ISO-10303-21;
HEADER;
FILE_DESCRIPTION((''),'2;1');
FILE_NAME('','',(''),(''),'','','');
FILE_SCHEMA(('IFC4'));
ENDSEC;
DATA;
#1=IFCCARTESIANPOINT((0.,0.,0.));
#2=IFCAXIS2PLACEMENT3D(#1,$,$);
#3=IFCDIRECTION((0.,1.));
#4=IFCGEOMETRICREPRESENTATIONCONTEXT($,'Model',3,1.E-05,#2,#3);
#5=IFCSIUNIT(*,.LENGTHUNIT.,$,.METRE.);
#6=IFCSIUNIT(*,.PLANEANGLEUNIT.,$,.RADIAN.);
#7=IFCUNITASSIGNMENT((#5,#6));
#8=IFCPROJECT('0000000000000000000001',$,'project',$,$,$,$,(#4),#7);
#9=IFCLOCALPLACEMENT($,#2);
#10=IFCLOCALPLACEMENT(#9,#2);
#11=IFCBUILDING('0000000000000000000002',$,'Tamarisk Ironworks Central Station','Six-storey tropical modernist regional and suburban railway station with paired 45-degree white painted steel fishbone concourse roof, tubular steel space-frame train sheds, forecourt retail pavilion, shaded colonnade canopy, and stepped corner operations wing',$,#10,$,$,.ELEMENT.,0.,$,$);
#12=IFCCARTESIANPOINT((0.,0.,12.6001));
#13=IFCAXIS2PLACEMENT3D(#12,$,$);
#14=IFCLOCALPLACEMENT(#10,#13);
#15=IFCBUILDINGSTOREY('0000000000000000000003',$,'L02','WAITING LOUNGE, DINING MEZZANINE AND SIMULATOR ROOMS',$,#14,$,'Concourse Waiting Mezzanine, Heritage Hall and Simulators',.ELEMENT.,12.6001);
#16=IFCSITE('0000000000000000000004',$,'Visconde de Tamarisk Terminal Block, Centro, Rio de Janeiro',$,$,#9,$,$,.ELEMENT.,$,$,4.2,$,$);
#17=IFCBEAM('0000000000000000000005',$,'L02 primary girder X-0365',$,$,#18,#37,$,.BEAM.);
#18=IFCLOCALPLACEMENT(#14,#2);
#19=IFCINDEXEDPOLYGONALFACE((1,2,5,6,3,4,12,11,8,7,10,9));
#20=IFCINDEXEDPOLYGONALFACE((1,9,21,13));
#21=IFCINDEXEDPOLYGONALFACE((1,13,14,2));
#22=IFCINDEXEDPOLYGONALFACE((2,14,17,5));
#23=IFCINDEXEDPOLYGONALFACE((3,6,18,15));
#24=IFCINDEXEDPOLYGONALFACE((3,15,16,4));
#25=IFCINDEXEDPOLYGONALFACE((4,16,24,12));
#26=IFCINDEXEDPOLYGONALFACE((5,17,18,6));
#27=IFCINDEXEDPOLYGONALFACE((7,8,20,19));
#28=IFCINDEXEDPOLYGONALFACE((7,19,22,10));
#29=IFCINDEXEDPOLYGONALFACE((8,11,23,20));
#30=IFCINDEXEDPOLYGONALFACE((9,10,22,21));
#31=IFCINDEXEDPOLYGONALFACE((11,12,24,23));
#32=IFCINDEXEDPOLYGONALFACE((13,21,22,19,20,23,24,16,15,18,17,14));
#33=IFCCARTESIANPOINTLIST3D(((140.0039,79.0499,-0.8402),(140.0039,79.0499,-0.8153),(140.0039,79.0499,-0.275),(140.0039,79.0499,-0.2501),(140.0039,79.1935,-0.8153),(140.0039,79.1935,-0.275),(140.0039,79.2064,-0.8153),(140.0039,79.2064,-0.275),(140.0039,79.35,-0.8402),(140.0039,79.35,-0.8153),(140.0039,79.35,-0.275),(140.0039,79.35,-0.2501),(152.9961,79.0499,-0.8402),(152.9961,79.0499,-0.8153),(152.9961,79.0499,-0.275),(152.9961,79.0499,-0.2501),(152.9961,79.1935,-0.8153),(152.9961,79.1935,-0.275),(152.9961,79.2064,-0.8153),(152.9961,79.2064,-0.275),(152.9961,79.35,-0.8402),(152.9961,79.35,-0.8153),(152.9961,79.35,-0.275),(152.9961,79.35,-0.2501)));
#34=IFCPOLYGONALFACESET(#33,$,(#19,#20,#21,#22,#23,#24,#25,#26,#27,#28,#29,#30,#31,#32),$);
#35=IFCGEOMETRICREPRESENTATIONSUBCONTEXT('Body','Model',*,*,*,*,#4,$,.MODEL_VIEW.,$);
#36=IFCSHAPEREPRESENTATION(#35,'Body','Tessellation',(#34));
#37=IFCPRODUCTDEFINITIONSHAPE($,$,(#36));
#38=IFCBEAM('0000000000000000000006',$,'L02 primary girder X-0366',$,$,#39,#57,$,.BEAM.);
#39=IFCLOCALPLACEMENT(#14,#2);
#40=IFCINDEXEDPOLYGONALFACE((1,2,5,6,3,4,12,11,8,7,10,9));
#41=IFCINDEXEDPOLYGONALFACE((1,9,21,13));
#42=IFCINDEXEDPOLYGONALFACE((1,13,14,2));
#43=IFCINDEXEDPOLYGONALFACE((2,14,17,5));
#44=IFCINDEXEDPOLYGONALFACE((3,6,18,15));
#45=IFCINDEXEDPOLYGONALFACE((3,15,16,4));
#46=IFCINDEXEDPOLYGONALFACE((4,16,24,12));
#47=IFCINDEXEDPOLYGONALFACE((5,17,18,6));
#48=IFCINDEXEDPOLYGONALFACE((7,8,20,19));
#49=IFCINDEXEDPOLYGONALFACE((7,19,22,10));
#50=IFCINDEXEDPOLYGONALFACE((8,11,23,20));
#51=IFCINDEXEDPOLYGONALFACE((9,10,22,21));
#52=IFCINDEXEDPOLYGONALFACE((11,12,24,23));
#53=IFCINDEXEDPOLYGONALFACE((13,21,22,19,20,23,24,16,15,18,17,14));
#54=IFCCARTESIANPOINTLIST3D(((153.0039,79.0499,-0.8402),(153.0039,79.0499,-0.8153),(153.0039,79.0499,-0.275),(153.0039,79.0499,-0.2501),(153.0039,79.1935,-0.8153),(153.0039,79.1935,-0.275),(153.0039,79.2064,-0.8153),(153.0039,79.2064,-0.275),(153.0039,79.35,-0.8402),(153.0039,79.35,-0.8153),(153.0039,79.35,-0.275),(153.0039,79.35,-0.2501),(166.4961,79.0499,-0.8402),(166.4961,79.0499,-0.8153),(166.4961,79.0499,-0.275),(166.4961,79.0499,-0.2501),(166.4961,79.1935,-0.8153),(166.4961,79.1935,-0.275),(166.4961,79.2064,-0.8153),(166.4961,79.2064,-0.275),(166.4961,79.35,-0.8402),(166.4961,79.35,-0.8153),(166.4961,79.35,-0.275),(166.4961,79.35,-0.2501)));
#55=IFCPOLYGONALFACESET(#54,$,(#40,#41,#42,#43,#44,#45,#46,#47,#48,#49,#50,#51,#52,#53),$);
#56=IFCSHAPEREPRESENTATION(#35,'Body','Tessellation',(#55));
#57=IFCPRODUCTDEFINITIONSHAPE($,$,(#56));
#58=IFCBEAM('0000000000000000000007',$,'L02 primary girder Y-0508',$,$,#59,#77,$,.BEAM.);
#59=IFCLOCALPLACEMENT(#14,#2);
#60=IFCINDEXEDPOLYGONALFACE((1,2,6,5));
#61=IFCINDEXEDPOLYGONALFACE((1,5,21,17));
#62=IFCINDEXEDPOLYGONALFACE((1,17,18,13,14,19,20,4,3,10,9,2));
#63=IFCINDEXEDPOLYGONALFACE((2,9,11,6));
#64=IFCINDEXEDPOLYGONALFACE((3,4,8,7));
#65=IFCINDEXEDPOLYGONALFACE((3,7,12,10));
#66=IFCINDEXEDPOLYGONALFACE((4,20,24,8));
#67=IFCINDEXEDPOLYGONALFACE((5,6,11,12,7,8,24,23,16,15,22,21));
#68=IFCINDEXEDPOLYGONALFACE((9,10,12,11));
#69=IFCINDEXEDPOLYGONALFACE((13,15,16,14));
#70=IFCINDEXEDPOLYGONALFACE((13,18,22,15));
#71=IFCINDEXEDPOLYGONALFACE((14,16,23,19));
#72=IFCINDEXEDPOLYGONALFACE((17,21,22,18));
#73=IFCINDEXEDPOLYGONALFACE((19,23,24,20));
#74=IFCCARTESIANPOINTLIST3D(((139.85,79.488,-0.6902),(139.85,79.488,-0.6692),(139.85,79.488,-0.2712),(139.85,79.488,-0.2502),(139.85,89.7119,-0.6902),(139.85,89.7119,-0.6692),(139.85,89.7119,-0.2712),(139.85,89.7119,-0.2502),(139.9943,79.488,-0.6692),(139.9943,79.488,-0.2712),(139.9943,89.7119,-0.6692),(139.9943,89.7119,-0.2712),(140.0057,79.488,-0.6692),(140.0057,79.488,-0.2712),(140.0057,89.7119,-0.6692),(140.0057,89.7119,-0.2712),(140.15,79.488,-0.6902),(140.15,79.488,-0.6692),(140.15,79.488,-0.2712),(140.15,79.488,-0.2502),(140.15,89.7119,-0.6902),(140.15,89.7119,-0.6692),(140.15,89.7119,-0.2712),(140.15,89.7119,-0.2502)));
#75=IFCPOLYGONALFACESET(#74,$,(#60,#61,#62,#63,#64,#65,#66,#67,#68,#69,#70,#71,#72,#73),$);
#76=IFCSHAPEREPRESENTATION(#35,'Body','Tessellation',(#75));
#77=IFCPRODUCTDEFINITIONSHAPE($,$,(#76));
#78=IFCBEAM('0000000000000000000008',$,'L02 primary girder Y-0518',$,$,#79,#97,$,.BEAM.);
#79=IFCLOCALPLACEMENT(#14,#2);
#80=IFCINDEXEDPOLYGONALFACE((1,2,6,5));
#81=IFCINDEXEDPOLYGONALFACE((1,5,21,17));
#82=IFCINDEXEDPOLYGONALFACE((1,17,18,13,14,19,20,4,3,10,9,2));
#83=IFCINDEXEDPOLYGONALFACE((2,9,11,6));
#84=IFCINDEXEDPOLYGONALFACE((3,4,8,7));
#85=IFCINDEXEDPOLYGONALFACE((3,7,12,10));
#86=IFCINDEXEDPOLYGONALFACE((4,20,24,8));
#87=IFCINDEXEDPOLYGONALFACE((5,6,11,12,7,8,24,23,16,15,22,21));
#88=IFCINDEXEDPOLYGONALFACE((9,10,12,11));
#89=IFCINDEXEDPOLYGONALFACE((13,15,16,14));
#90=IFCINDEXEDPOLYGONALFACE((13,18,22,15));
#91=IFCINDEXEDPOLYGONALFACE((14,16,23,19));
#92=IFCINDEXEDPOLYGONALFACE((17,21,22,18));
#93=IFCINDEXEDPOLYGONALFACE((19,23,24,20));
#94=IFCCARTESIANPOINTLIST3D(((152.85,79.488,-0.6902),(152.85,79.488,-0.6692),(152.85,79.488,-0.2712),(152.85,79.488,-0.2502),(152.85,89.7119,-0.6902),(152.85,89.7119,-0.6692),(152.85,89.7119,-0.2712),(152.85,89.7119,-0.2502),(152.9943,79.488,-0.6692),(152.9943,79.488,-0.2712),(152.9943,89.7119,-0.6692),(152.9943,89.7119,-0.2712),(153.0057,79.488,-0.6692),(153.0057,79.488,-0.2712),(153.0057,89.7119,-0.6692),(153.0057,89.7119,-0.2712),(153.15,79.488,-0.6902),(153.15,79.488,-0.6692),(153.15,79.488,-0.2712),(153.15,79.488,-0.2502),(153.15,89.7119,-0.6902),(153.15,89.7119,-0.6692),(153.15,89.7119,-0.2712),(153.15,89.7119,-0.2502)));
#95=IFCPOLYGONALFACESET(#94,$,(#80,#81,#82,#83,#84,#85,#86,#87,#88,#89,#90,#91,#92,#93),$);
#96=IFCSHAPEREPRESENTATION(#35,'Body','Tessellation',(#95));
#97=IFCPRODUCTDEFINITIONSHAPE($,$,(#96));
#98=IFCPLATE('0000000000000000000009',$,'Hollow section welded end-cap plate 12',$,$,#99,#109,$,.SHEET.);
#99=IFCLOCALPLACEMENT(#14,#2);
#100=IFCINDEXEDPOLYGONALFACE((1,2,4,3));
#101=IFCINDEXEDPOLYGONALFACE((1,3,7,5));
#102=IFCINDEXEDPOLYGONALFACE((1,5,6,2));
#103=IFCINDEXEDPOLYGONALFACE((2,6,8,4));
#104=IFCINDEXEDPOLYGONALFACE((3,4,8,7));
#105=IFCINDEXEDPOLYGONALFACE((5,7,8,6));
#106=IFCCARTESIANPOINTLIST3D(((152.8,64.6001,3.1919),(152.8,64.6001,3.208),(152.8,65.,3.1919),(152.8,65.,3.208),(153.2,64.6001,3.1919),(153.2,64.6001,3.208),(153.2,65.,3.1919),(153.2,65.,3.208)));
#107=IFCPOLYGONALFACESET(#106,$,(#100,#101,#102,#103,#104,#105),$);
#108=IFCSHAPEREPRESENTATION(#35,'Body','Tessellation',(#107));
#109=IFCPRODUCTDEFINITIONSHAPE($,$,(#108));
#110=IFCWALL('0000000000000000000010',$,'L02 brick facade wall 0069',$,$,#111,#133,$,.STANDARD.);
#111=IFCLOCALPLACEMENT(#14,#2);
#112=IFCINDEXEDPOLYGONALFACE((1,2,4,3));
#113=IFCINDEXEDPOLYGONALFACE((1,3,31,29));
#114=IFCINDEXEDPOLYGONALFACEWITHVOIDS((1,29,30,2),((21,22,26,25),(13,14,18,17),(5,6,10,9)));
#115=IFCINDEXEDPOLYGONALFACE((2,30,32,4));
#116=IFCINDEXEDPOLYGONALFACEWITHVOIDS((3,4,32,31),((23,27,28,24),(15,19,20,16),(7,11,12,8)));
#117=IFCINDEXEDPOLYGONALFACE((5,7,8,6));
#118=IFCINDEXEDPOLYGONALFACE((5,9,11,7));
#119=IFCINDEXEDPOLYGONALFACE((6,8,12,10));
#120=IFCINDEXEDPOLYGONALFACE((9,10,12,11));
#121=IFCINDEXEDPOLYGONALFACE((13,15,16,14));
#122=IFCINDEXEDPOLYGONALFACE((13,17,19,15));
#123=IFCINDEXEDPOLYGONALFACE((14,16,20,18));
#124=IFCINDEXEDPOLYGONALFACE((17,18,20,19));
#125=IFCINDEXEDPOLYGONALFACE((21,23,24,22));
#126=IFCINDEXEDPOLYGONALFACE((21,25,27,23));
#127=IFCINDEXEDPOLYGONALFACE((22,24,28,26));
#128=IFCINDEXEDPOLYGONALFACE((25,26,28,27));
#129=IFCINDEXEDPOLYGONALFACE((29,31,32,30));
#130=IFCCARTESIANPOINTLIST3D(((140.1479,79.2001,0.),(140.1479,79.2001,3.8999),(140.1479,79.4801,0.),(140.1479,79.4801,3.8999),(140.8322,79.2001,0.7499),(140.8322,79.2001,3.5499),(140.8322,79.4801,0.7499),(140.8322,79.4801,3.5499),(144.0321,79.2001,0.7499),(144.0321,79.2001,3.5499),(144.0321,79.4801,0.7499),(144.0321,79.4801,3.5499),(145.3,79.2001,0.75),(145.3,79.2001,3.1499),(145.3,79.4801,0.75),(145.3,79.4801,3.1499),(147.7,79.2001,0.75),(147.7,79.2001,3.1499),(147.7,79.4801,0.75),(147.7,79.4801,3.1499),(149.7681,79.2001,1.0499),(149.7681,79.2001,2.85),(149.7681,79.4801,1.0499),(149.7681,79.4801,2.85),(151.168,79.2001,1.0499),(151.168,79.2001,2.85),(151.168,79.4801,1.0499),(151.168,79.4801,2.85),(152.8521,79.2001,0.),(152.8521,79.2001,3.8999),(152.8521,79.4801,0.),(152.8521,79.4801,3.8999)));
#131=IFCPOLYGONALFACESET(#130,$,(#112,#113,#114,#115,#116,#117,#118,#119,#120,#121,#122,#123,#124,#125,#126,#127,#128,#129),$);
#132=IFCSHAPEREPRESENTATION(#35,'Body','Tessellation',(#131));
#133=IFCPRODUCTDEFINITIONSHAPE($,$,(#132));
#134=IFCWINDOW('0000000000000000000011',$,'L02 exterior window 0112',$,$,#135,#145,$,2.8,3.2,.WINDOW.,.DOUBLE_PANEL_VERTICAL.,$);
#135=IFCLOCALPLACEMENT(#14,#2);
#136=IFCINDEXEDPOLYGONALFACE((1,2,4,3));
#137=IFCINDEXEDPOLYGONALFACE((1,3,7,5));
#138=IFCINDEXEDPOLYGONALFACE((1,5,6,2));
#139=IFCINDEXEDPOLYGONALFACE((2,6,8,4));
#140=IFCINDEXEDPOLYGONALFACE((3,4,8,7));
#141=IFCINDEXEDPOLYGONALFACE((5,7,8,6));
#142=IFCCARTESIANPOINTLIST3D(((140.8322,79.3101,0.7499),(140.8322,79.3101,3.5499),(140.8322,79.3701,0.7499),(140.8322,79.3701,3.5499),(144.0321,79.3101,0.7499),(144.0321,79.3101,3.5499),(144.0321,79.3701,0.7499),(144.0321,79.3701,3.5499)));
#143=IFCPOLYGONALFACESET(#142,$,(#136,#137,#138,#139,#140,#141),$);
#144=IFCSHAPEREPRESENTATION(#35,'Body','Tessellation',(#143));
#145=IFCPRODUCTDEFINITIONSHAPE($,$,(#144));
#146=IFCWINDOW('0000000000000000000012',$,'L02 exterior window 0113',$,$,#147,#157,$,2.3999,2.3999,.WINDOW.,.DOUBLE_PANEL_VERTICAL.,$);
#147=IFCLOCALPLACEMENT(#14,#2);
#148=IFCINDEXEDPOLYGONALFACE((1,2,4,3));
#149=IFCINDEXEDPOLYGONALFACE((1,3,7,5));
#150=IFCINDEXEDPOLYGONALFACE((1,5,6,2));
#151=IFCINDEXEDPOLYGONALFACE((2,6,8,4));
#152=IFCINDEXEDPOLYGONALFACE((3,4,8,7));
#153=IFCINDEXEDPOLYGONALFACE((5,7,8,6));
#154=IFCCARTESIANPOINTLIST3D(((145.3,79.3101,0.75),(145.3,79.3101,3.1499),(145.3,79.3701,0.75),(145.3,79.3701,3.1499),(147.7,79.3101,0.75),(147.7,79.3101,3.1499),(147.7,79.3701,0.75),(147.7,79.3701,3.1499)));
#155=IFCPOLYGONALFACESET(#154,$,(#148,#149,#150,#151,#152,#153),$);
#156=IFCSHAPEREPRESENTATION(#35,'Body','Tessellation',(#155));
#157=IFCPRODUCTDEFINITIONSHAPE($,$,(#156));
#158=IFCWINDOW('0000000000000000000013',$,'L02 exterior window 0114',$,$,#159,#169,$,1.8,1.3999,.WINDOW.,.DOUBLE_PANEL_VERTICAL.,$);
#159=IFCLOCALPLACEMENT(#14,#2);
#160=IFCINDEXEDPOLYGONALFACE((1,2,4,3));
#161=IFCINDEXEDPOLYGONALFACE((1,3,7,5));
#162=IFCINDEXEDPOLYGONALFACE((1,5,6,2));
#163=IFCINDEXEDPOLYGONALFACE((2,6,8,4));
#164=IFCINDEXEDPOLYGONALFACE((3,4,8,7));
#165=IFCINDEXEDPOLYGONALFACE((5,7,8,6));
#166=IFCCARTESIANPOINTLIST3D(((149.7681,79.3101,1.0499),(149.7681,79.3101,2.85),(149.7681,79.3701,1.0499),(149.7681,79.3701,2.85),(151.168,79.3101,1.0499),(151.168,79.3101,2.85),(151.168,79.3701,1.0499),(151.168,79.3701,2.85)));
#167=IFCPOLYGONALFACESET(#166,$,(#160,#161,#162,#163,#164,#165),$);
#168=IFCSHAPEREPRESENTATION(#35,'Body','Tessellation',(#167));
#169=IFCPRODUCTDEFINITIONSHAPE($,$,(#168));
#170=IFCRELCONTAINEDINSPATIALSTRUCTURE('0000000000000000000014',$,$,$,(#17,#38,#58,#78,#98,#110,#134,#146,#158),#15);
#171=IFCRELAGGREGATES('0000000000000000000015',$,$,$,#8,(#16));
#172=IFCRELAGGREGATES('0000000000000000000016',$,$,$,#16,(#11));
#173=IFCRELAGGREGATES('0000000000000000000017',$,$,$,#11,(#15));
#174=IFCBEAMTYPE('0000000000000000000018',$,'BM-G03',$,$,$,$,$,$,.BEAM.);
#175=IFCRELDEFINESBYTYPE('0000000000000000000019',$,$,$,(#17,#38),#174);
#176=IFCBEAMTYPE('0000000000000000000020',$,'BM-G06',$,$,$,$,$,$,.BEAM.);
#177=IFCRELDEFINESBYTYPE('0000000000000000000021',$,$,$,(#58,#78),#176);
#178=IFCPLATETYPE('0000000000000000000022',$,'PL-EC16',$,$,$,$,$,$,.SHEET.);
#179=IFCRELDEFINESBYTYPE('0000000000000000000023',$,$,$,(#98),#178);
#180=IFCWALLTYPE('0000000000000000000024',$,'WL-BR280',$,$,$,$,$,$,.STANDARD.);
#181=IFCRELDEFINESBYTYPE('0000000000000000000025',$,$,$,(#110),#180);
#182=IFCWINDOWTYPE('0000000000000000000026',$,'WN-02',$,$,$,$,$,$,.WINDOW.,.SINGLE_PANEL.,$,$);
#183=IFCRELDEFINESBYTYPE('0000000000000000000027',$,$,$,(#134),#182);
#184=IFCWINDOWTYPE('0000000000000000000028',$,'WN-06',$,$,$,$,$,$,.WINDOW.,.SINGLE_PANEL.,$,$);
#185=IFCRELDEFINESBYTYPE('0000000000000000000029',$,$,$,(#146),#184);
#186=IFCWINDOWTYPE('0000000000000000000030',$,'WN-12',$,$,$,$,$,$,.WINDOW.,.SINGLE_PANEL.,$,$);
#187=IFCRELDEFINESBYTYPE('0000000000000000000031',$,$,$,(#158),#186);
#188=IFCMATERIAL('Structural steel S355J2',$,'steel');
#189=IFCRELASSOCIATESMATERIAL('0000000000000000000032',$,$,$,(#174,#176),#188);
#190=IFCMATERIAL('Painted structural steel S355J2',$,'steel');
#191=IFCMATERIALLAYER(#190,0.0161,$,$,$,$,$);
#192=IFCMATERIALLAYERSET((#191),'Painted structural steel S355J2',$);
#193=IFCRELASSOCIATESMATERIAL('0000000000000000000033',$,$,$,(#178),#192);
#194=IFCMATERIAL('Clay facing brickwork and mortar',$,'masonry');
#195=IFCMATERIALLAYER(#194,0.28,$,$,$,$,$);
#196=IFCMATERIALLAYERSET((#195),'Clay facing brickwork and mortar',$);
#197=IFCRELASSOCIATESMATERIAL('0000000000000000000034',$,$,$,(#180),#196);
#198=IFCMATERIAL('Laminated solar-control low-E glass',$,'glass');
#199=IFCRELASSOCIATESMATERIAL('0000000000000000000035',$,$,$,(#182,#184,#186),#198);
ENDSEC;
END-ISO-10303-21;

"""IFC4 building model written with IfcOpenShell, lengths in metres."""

from ifc_helpers import new_model, si_unit, direction, frame, frame_2d, origin, origin_2d, place, context, subcontext, project, spatial, rectangle, i_section, extrude, material, layer, layer_set, material_profile, profile_set, type_object, element, fill, save


model = new_model("IFC4")

# Units and contexts
model_context = context("Model", 3, precision=1e-05, world=origin(), true_north=direction((0.0, 1.0)))
body_context = subcontext(model_context, "Body", "Model", "MODEL_VIEW")
ifc_project = project(units=[si_unit("LENGTHUNIT", "METRE"), si_unit("PLANEANGLEUNIT", "RADIAN")], contexts=[model_context])

# Site, building, storey
site_placement = place(None, origin())
site = spatial("IfcSite", under=ifc_project, at=site_placement, Name="Visconde de Tamarisk Terminal Block, Centro, Rio de Janeiro", CompositionType="ELEMENT", RefElevation=4.2)
building_placement = place(site_placement, origin())
building = spatial("IfcBuilding", under=site, at=building_placement, Name="Tamarisk Ironworks Central Station", Description="Six-storey tropical modernist regional and suburban railway station with paired 45-degree white painted steel fishbone concourse roof, tubular steel space-frame train sheds, forecourt retail pavilion, shaded colonnade canopy, and stepped corner operations wing", CompositionType="ELEMENT", ElevationOfRefHeight=0.0)
storey_placement = place(building_placement, frame((0.0, 0.0, 12.6001)))
storey = spatial("IfcBuildingStorey", under=building, at=storey_placement, Name="L02", Description="WAITING LOUNGE, DINING MEZZANINE AND SIMULATOR ROOMS", LongName="Concourse Waiting Mezzanine, Heritage Hall and Simulators", CompositionType="ELEMENT", Elevation=12.6001)

# Shared definitions
ifc_material_1 = material(Name="Structural steel S355J2", Category="steel")

# Beams
ifc_material_profile_1 = material_profile(ifc_material_1, i_section(OverallWidth=0.3, OverallDepth=0.5901, WebThickness=0.0129, FlangeThickness=0.0249, at=origin_2d()), Name="HEA 600")
ifc_profile_set_1 = profile_set([ifc_material_profile_1], Name="Structural steel S355J2")
beam_type_1 = type_object("IfcBeamType", Name="BM-G03", PredefinedType="BEAM", material=ifc_profile_set_1)
beam_1_placement = place(storey_placement, frame((140.0039, 79.2, -0.5452), z_axis=(1.0, 0.0, 0.0), x_axis=(0.0, 1.0, 0.0)))
element("IfcBeam", 1, at=beam_1_placement, inside=storey, type_object=beam_type_1, Name="L02 primary girder X-0365", PredefinedType="BEAM", context=body_context, shape_type="SweptSolid", body=[
    extrude(i_section(OverallWidth=0.3, OverallDepth=0.5901, WebThickness=0.0129, FlangeThickness=0.0249, at=origin_2d()), origin(), (0.0, 0.0, 1.0), 12.9922),
])
beam_2_placement = place(storey_placement, frame((153.0039, 79.2, -0.5452), z_axis=(1.0, 0.0, 0.0), x_axis=(0.0, 1.0, 0.0)))
element("IfcBeam", 2, at=beam_2_placement, inside=storey, type_object=beam_type_1, Name="L02 primary girder X-0366", PredefinedType="BEAM", context=body_context, shape_type="SweptSolid", body=[
    extrude(i_section(OverallWidth=0.3, OverallDepth=0.5901, WebThickness=0.0129, FlangeThickness=0.0249, at=origin_2d()), origin(), (0.0, 0.0, 1.0), 13.4922),
])
ifc_material_profile_2 = material_profile(ifc_material_1, i_section(OverallWidth=0.3, OverallDepth=0.4399, WebThickness=0.0115, FlangeThickness=0.021, at=origin_2d()), Name="HEA 450")
ifc_profile_set_2 = profile_set([ifc_material_profile_2], Name="Structural steel S355J2")
beam_type_2 = type_object("IfcBeamType", Name="BM-G06", PredefinedType="BEAM", material=ifc_profile_set_2)
for number, where, z_axis, x_axis, name in (
    (3, (140.0, 79.488, -0.4702), (0.0, 1.0, 0.0), (-1.0, 0.0, 0.0), "L02 primary girder Y-0508"),
    (4, (153.0, 79.488, -0.4702), (0.0, 1.0, 0.0), (-1.0, 0.0, 0.0), "L02 primary girder Y-0518"),
):
    element("IfcBeam", number, at=place(storey_placement, frame(where, z_axis=z_axis, x_axis=x_axis)), inside=storey, type_object=beam_type_2, Name=name, PredefinedType="BEAM", context=body_context, shape_type="SweptSolid", body=[
        extrude(i_section(OverallWidth=0.3, OverallDepth=0.4399, WebThickness=0.0115, FlangeThickness=0.021, at=origin_2d()), origin(), (0.0, 0.0, 1.0), 10.2239),
    ])

# Plate
ifc_material_2 = material(Name="Painted structural steel S355J2", Category="steel")
ifc_layer_1 = layer(ifc_material_2, 0.0161)
ifc_layer_set_1 = layer_set([ifc_layer_1], Name="Painted structural steel S355J2")
plate_type = type_object("IfcPlateType", Name="PL-EC16", PredefinedType="SHEET", material=ifc_layer_set_1)
plate_placement = place(storey_placement, frame((153.0, 64.8, 3.1919), z_axis=(0.0, 0.0, 1.0), x_axis=(1.0, 0.0, 0.0)))
element("IfcPlate", 5, at=plate_placement, inside=storey, type_object=plate_type, Name="Hollow section welded end-cap plate 12", PredefinedType="SHEET", context=body_context, shape_type="SweptSolid", body=[
    extrude(rectangle(XDim=0.3999, YDim=0.3999, at=origin_2d()), origin(), (0.0, 0.0, 1.0), 0.0161),
])

# Wall, openings, windows
ifc_material_3 = material(Name="Clay facing brickwork and mortar", Category="masonry")
ifc_layer_2 = layer(ifc_material_3, 0.28)
ifc_layer_set_2 = layer_set([ifc_layer_2], Name="Clay facing brickwork and mortar")
wall_type_1 = type_object("IfcWallType", Name="WL-BR280", PredefinedType="STANDARD", material=ifc_layer_set_2)
wall_1_placement = place(storey_placement, frame((140.1479, 79.3401, 0.0), z_axis=(0.0, 0.0, 1.0), x_axis=(1.0, 0.0, 0.0)))
wall_1 = element("IfcWall", 6, at=wall_1_placement, inside=storey, type_object=wall_type_1, Name="L02 brick facade wall 0069", PredefinedType="STANDARD", context=body_context, shape_type="SweptSolid", body=[
    extrude(rectangle(XDim=12.7041, YDim=0.28, at=frame_2d((6.3521, 0.0))), origin(), (0.0, 0.0, 1.0), 3.8999),
])
opening_1_placement = place(wall_1_placement, frame((0.6841, 0.0, 0.75)))
opening_1 = element("IfcOpeningElement", 7, at=opening_1_placement, cuts=wall_1, PredefinedType="OPENING", context=body_context, shape_type="SweptSolid", body=[
    extrude(rectangle(XDim=3.2, YDim=2.8, at=frame_2d((1.6001, 1.3999))), frame((0.0, 0.1519, 0.0), z_axis=(0.0, -1.0, 0.0), x_axis=(1.0, 0.0, 0.0)), (0.0, 0.0, 1.0), 0.304),
])
opening_2_placement = place(wall_1_placement, frame((5.1521, 0.0, 0.75)))
opening_2 = element("IfcOpeningElement", 8, at=opening_2_placement, cuts=wall_1, PredefinedType="OPENING", context=body_context, shape_type="SweptSolid", body=[
    extrude(rectangle(XDim=2.3999, YDim=2.3999, at=frame_2d((1.2, 1.2))), frame((0.0, 0.1519, 0.0), z_axis=(0.0, -1.0, 0.0), x_axis=(1.0, 0.0, 0.0)), (0.0, 0.0, 1.0), 0.304),
])
opening_3_placement = place(wall_1_placement, frame((9.6201, 0.0, 1.05)))
opening_3 = element("IfcOpeningElement", 9, at=opening_3_placement, cuts=wall_1, PredefinedType="OPENING", context=body_context, shape_type="SweptSolid", body=[
    extrude(rectangle(XDim=1.3999, YDim=1.8, at=frame_2d((0.7, 0.8999))), frame((0.0, 0.1519, 0.0), z_axis=(0.0, -1.0, 0.0), x_axis=(1.0, 0.0, 0.0)), (0.0, 0.0, 1.0), 0.304),
])
ifc_material_4 = material(Name="Laminated solar-control low-E glass", Category="glass")
window_type_1 = type_object("IfcWindowType", Name="WN-02", PartitioningType="SINGLE_PANEL", PredefinedType="WINDOW", material=ifc_material_4)
window_1_placement = place(opening_1_placement, origin())
window_1 = element("IfcWindow", 10, at=window_1_placement, inside=storey, type_object=window_type_1, Name="L02 exterior window 0112", OverallHeight=2.8, OverallWidth=3.2, PartitioningType="DOUBLE_PANEL_VERTICAL", PredefinedType="WINDOW", context=body_context, shape_type="SweptSolid", body=[
    extrude(rectangle(XDim=3.2, YDim=2.8, at=frame_2d((1.6001, 1.3999))), frame((0.0, 0.03, 0.0), z_axis=(0.0, -1.0, 0.0), x_axis=(1.0, 0.0, 0.0)), (0.0, 0.0, 1.0), 0.0601),
])
fill(opening_1, window_1)
window_type_2 = type_object("IfcWindowType", Name="WN-06", PartitioningType="SINGLE_PANEL", PredefinedType="WINDOW", material=ifc_material_4)
window_2_placement = place(opening_2_placement, origin())
window_2 = element("IfcWindow", 11, at=window_2_placement, inside=storey, type_object=window_type_2, Name="L02 exterior window 0113", OverallHeight=2.3999, OverallWidth=2.3999, PartitioningType="DOUBLE_PANEL_VERTICAL", PredefinedType="WINDOW", context=body_context, shape_type="SweptSolid", body=[
    extrude(rectangle(XDim=2.3999, YDim=2.3999, at=frame_2d((1.2, 1.2))), frame((0.0, 0.03, 0.0), z_axis=(0.0, -1.0, 0.0), x_axis=(1.0, 0.0, 0.0)), (0.0, 0.0, 1.0), 0.0601),
])
fill(opening_2, window_2)
window_type_3 = type_object("IfcWindowType", Name="WN-12", PartitioningType="SINGLE_PANEL", PredefinedType="WINDOW", material=ifc_material_4)
window_3_placement = place(opening_3_placement, origin())
window_3 = element("IfcWindow", 12, at=window_3_placement, inside=storey, type_object=window_type_3, Name="L02 exterior window 0114", OverallHeight=1.8, OverallWidth=1.3999, PartitioningType="DOUBLE_PANEL_VERTICAL", PredefinedType="WINDOW", context=body_context, shape_type="SweptSolid", body=[
    extrude(rectangle(XDim=1.3999, YDim=1.8, at=frame_2d((0.7, 0.8999))), frame((0.0, 0.03, 0.0), z_axis=(0.0, -1.0, 0.0), x_axis=(1.0, 0.0, 0.0)), (0.0, 0.0, 1.0), 0.0601),
])
fill(opening_3, window_3)

save(model, "model.ifc")
